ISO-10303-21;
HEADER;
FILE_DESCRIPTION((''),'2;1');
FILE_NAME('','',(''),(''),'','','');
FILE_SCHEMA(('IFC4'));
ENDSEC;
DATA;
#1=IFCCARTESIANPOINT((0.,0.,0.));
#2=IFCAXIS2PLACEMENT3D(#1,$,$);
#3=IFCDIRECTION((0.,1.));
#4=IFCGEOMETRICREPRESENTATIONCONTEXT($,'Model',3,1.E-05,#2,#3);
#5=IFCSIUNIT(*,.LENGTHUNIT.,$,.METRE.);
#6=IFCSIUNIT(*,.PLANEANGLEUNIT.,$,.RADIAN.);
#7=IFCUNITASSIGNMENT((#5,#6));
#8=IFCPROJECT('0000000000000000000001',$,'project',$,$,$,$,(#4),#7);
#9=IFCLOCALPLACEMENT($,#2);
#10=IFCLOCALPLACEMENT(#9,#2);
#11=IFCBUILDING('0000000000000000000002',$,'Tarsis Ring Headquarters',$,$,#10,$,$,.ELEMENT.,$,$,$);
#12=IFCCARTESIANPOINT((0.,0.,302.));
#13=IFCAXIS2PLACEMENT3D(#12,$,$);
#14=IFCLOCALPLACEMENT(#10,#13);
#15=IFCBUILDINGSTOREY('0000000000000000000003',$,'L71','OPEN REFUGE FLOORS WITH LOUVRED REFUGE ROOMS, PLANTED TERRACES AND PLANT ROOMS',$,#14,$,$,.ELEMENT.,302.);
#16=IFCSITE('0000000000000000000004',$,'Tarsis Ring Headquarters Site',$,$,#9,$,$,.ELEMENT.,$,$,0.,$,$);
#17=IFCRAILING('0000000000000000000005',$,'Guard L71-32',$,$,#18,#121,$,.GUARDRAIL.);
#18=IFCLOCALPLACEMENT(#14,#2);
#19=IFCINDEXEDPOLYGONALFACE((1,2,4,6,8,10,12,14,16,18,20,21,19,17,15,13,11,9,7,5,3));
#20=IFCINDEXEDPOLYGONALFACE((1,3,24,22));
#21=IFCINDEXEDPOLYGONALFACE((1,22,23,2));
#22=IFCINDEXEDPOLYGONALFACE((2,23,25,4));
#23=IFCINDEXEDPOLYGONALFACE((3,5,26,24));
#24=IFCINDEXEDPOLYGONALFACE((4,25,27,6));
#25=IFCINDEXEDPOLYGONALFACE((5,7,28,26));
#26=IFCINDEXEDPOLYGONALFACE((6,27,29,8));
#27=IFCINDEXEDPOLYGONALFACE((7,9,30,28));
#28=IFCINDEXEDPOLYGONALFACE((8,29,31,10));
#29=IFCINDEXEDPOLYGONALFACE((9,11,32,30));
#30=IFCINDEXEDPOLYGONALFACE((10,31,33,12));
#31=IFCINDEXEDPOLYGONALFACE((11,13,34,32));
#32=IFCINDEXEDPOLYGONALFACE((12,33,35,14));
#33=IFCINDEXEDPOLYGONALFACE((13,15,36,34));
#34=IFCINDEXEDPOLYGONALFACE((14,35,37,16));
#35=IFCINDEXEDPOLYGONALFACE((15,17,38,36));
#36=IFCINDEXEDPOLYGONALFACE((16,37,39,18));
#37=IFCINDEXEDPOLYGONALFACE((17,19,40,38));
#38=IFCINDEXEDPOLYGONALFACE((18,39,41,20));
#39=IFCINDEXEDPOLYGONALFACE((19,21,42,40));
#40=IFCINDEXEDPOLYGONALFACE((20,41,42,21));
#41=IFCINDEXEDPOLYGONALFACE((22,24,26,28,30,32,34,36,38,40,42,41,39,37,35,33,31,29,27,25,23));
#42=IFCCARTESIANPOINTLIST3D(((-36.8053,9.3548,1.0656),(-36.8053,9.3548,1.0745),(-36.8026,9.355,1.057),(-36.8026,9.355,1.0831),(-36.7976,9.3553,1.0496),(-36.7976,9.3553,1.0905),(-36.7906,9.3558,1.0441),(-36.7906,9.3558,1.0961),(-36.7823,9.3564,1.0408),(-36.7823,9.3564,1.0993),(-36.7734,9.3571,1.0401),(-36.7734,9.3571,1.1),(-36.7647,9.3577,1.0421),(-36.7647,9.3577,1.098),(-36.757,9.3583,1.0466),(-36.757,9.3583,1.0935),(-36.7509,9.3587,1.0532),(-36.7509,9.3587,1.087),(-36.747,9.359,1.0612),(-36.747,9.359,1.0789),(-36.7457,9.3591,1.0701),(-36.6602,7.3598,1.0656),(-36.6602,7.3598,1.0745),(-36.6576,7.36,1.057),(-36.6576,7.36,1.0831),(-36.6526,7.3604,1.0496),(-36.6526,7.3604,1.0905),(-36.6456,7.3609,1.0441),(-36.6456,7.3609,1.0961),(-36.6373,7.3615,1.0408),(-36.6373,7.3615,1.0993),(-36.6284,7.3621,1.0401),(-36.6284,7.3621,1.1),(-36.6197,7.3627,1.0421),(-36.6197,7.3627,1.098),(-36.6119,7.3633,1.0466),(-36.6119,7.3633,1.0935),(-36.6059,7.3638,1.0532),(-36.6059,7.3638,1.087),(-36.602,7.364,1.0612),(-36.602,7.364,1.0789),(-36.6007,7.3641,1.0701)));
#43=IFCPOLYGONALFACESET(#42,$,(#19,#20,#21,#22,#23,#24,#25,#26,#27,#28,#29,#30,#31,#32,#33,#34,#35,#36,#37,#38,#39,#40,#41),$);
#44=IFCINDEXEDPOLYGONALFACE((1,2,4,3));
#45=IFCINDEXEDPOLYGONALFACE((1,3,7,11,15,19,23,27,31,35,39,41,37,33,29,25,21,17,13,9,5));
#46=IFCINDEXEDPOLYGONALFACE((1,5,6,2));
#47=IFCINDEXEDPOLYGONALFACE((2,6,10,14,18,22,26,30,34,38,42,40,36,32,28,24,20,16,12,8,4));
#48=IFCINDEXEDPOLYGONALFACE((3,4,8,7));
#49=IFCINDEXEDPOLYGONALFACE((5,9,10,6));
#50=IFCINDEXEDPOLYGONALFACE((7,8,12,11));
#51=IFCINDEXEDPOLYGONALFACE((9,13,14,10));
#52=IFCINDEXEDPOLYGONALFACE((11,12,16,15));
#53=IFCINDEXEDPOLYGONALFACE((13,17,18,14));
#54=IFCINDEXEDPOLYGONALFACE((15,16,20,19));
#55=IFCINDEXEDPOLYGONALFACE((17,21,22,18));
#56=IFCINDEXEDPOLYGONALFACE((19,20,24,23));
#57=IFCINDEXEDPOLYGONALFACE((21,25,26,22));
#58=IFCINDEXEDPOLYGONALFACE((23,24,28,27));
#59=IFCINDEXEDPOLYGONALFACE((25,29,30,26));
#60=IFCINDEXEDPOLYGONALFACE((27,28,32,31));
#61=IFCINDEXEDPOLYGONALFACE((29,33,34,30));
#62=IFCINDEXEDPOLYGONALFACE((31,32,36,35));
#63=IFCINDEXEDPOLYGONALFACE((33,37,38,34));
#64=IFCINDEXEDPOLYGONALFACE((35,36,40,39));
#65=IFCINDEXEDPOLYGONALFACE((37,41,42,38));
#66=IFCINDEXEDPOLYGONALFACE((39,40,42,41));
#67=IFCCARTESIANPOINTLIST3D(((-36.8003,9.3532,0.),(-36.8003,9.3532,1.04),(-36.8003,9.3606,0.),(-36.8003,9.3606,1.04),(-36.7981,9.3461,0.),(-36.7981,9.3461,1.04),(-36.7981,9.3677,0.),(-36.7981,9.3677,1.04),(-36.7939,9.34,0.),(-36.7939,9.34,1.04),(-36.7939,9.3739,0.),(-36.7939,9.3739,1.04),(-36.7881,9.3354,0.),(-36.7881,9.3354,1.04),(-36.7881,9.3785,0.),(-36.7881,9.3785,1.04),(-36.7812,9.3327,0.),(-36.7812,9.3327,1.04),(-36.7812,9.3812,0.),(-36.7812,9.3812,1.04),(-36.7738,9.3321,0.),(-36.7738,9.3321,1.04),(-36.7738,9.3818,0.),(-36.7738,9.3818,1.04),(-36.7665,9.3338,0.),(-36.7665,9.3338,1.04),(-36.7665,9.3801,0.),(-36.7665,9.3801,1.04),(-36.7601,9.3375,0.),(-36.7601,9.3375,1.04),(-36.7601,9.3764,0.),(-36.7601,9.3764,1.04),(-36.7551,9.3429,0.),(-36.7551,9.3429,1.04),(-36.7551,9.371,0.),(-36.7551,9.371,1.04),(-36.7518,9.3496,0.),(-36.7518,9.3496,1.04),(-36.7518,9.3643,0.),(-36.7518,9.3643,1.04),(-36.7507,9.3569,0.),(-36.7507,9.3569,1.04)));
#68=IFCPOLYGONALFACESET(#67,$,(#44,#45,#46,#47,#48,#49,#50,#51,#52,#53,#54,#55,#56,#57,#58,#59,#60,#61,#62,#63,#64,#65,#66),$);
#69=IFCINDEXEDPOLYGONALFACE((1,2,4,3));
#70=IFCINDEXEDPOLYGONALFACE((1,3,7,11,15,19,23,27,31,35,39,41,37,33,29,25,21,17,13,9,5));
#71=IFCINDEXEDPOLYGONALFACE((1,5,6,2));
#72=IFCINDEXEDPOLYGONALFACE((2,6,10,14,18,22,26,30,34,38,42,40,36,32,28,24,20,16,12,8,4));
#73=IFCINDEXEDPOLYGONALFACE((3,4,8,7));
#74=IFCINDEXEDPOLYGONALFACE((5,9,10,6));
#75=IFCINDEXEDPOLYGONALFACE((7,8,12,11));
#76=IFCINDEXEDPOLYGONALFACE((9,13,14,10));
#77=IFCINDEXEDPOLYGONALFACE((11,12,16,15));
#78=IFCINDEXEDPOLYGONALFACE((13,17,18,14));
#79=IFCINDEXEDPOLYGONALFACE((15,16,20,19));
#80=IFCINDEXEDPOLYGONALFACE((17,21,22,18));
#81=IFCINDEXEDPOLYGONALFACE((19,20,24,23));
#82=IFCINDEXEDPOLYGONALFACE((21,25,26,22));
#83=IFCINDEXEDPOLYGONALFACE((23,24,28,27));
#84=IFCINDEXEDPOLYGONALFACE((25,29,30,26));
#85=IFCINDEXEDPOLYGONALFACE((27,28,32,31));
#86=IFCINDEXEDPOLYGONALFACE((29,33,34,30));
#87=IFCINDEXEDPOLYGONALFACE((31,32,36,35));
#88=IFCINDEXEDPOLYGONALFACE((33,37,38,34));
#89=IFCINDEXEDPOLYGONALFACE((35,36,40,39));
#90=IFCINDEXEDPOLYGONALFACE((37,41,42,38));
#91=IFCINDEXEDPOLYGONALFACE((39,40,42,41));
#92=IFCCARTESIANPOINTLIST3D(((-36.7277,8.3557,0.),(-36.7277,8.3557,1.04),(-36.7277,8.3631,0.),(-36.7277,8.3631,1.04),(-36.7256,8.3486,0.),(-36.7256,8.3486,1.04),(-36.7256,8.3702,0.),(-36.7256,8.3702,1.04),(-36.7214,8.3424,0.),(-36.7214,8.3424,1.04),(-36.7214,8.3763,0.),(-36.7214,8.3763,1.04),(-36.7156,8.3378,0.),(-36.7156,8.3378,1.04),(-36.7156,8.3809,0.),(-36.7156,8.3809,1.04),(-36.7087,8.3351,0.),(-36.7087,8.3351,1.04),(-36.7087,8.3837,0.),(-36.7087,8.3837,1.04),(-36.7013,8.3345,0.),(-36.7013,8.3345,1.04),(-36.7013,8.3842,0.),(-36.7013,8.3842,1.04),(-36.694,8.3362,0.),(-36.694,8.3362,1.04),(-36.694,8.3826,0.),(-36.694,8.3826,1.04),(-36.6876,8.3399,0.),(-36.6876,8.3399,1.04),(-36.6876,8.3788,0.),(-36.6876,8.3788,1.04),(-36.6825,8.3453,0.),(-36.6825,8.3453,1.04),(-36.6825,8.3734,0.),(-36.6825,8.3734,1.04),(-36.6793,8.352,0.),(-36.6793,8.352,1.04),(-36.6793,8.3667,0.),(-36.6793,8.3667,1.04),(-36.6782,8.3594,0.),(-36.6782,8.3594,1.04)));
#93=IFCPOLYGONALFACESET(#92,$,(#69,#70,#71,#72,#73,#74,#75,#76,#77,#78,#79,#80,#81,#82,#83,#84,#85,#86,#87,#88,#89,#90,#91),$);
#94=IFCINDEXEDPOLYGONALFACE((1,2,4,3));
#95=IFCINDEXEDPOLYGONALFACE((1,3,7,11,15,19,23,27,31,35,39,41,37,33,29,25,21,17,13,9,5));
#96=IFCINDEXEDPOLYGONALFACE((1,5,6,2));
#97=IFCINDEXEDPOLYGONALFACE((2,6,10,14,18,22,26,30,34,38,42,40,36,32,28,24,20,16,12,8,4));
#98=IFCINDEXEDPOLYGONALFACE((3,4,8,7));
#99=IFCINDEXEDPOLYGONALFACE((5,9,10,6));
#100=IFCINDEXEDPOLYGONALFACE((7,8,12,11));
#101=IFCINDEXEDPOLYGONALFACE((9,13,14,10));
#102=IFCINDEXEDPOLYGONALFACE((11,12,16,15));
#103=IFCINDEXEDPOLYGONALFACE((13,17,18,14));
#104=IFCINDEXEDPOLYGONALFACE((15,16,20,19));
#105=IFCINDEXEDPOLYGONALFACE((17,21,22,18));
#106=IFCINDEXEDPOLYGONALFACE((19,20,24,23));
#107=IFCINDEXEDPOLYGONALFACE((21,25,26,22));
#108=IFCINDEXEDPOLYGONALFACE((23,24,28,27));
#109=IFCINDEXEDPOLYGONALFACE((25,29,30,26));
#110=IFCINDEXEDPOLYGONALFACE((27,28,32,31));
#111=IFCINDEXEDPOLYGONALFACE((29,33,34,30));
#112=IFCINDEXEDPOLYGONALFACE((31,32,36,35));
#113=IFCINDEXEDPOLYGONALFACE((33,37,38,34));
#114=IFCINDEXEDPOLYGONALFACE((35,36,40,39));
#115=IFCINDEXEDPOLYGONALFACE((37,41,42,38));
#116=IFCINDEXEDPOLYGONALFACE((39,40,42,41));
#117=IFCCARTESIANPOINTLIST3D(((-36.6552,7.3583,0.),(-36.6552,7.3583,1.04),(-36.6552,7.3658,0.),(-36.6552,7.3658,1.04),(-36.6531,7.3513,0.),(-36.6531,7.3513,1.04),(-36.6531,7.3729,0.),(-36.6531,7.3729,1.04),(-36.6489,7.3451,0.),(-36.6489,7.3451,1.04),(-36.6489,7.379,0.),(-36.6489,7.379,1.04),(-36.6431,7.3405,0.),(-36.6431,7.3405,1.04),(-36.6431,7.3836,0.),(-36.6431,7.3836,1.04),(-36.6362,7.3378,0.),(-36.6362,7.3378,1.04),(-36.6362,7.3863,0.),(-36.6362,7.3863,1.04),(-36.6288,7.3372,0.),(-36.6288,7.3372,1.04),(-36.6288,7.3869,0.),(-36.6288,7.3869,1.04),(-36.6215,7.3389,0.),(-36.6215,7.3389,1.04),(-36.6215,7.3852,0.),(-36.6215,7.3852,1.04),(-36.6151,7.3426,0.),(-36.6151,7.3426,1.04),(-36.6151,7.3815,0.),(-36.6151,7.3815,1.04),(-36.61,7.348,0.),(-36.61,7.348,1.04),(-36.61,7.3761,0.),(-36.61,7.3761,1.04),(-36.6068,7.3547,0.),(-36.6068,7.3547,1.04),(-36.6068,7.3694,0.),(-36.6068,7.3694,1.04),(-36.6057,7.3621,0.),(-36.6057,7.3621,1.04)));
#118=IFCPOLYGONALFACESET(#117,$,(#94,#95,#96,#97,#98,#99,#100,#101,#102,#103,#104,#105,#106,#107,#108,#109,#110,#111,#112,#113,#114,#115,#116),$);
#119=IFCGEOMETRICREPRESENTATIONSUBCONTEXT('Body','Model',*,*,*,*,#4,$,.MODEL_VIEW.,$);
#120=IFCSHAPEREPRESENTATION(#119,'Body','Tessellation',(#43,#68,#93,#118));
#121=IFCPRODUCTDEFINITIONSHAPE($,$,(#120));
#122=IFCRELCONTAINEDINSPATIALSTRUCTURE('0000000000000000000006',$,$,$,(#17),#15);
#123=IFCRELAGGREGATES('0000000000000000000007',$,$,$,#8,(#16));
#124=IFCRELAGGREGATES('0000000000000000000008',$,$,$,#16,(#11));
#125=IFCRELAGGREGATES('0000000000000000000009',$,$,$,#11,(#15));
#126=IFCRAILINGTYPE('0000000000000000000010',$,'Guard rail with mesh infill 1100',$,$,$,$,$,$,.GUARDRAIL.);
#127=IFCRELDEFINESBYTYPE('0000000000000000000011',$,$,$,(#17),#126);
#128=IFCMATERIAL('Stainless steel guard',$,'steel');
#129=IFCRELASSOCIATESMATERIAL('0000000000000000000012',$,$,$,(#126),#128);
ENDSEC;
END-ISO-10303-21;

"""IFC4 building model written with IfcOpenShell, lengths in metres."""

from ifc_helpers import new_model, si_unit, direction, frame, origin, origin_2d, place, context, subcontext, project, spatial, circle, extrude, material, type_object, element, save


model = new_model("IFC4")

# Units and contexts
model_context = context("Model", 3, precision=1e-05, world=origin(), true_north=direction((0.0, 1.0)))
body_context = subcontext(model_context, "Body", "Model", "MODEL_VIEW")
ifc_project = project(units=[si_unit("LENGTHUNIT", "METRE"), si_unit("PLANEANGLEUNIT", "RADIAN")], contexts=[model_context])

# Site, building, storey
site_placement = place(None, origin())
site = spatial("IfcSite", under=ifc_project, at=site_placement, Name="Tarsis Ring Headquarters Site", CompositionType="ELEMENT", RefElevation=0.0)
building_placement = place(site_placement, origin())
building = spatial("IfcBuilding", under=site, at=building_placement, Name="Tarsis Ring Headquarters", CompositionType="ELEMENT")
storey_placement = place(building_placement, frame((0.0, 0.0, 302.0)))
storey = spatial("IfcBuildingStorey", under=building, at=storey_placement, Name="L71", Description="OPEN REFUGE FLOORS WITH LOUVRED REFUGE ROOMS, PLANTED TERRACES AND PLANT ROOMS", CompositionType="ELEMENT", Elevation=302.0)

# Railing
ifc_material_1 = material(Name="Stainless steel guard", Category="steel")
railing_type_1 = type_object("IfcRailingType", Name="Guard rail with mesh infill 1100", PredefinedType="GUARDRAIL", material=ifc_material_1)
railing_1_placement = place(storey_placement, frame((-36.7756, 9.3569, 0.0)))
element("IfcRailing", 1, at=railing_1_placement, inside=storey, type_object=railing_type_1, Name="Guard L71-32", PredefinedType="GUARDRAIL", context=body_context, shape_type="SweptSolid", body=[
    extrude(circle(Radius=0.03, at=origin_2d()), frame((0.0, 0.0, 1.0701), z_axis=(0.072505, -0.997368, 0.0), x_axis=(0.997368, 0.072505, 0.0)), (0.0, 0.0, 1.0), 2.0002),
    extrude(circle(Radius=0.0249, at=origin_2d()), origin(), (0.0, 0.0, 1.0), 1.04),
    extrude(circle(Radius=0.0249, at=origin_2d()), frame((0.0725, -0.9976, 0.0)), (0.0, 0.0, 1.0), 1.04),
    extrude(circle(Radius=0.0249, at=origin_2d()), frame((0.145, -1.9949, 0.0)), (0.0, 0.0, 1.0), 1.04),
])

save(model, "model.ifc")
